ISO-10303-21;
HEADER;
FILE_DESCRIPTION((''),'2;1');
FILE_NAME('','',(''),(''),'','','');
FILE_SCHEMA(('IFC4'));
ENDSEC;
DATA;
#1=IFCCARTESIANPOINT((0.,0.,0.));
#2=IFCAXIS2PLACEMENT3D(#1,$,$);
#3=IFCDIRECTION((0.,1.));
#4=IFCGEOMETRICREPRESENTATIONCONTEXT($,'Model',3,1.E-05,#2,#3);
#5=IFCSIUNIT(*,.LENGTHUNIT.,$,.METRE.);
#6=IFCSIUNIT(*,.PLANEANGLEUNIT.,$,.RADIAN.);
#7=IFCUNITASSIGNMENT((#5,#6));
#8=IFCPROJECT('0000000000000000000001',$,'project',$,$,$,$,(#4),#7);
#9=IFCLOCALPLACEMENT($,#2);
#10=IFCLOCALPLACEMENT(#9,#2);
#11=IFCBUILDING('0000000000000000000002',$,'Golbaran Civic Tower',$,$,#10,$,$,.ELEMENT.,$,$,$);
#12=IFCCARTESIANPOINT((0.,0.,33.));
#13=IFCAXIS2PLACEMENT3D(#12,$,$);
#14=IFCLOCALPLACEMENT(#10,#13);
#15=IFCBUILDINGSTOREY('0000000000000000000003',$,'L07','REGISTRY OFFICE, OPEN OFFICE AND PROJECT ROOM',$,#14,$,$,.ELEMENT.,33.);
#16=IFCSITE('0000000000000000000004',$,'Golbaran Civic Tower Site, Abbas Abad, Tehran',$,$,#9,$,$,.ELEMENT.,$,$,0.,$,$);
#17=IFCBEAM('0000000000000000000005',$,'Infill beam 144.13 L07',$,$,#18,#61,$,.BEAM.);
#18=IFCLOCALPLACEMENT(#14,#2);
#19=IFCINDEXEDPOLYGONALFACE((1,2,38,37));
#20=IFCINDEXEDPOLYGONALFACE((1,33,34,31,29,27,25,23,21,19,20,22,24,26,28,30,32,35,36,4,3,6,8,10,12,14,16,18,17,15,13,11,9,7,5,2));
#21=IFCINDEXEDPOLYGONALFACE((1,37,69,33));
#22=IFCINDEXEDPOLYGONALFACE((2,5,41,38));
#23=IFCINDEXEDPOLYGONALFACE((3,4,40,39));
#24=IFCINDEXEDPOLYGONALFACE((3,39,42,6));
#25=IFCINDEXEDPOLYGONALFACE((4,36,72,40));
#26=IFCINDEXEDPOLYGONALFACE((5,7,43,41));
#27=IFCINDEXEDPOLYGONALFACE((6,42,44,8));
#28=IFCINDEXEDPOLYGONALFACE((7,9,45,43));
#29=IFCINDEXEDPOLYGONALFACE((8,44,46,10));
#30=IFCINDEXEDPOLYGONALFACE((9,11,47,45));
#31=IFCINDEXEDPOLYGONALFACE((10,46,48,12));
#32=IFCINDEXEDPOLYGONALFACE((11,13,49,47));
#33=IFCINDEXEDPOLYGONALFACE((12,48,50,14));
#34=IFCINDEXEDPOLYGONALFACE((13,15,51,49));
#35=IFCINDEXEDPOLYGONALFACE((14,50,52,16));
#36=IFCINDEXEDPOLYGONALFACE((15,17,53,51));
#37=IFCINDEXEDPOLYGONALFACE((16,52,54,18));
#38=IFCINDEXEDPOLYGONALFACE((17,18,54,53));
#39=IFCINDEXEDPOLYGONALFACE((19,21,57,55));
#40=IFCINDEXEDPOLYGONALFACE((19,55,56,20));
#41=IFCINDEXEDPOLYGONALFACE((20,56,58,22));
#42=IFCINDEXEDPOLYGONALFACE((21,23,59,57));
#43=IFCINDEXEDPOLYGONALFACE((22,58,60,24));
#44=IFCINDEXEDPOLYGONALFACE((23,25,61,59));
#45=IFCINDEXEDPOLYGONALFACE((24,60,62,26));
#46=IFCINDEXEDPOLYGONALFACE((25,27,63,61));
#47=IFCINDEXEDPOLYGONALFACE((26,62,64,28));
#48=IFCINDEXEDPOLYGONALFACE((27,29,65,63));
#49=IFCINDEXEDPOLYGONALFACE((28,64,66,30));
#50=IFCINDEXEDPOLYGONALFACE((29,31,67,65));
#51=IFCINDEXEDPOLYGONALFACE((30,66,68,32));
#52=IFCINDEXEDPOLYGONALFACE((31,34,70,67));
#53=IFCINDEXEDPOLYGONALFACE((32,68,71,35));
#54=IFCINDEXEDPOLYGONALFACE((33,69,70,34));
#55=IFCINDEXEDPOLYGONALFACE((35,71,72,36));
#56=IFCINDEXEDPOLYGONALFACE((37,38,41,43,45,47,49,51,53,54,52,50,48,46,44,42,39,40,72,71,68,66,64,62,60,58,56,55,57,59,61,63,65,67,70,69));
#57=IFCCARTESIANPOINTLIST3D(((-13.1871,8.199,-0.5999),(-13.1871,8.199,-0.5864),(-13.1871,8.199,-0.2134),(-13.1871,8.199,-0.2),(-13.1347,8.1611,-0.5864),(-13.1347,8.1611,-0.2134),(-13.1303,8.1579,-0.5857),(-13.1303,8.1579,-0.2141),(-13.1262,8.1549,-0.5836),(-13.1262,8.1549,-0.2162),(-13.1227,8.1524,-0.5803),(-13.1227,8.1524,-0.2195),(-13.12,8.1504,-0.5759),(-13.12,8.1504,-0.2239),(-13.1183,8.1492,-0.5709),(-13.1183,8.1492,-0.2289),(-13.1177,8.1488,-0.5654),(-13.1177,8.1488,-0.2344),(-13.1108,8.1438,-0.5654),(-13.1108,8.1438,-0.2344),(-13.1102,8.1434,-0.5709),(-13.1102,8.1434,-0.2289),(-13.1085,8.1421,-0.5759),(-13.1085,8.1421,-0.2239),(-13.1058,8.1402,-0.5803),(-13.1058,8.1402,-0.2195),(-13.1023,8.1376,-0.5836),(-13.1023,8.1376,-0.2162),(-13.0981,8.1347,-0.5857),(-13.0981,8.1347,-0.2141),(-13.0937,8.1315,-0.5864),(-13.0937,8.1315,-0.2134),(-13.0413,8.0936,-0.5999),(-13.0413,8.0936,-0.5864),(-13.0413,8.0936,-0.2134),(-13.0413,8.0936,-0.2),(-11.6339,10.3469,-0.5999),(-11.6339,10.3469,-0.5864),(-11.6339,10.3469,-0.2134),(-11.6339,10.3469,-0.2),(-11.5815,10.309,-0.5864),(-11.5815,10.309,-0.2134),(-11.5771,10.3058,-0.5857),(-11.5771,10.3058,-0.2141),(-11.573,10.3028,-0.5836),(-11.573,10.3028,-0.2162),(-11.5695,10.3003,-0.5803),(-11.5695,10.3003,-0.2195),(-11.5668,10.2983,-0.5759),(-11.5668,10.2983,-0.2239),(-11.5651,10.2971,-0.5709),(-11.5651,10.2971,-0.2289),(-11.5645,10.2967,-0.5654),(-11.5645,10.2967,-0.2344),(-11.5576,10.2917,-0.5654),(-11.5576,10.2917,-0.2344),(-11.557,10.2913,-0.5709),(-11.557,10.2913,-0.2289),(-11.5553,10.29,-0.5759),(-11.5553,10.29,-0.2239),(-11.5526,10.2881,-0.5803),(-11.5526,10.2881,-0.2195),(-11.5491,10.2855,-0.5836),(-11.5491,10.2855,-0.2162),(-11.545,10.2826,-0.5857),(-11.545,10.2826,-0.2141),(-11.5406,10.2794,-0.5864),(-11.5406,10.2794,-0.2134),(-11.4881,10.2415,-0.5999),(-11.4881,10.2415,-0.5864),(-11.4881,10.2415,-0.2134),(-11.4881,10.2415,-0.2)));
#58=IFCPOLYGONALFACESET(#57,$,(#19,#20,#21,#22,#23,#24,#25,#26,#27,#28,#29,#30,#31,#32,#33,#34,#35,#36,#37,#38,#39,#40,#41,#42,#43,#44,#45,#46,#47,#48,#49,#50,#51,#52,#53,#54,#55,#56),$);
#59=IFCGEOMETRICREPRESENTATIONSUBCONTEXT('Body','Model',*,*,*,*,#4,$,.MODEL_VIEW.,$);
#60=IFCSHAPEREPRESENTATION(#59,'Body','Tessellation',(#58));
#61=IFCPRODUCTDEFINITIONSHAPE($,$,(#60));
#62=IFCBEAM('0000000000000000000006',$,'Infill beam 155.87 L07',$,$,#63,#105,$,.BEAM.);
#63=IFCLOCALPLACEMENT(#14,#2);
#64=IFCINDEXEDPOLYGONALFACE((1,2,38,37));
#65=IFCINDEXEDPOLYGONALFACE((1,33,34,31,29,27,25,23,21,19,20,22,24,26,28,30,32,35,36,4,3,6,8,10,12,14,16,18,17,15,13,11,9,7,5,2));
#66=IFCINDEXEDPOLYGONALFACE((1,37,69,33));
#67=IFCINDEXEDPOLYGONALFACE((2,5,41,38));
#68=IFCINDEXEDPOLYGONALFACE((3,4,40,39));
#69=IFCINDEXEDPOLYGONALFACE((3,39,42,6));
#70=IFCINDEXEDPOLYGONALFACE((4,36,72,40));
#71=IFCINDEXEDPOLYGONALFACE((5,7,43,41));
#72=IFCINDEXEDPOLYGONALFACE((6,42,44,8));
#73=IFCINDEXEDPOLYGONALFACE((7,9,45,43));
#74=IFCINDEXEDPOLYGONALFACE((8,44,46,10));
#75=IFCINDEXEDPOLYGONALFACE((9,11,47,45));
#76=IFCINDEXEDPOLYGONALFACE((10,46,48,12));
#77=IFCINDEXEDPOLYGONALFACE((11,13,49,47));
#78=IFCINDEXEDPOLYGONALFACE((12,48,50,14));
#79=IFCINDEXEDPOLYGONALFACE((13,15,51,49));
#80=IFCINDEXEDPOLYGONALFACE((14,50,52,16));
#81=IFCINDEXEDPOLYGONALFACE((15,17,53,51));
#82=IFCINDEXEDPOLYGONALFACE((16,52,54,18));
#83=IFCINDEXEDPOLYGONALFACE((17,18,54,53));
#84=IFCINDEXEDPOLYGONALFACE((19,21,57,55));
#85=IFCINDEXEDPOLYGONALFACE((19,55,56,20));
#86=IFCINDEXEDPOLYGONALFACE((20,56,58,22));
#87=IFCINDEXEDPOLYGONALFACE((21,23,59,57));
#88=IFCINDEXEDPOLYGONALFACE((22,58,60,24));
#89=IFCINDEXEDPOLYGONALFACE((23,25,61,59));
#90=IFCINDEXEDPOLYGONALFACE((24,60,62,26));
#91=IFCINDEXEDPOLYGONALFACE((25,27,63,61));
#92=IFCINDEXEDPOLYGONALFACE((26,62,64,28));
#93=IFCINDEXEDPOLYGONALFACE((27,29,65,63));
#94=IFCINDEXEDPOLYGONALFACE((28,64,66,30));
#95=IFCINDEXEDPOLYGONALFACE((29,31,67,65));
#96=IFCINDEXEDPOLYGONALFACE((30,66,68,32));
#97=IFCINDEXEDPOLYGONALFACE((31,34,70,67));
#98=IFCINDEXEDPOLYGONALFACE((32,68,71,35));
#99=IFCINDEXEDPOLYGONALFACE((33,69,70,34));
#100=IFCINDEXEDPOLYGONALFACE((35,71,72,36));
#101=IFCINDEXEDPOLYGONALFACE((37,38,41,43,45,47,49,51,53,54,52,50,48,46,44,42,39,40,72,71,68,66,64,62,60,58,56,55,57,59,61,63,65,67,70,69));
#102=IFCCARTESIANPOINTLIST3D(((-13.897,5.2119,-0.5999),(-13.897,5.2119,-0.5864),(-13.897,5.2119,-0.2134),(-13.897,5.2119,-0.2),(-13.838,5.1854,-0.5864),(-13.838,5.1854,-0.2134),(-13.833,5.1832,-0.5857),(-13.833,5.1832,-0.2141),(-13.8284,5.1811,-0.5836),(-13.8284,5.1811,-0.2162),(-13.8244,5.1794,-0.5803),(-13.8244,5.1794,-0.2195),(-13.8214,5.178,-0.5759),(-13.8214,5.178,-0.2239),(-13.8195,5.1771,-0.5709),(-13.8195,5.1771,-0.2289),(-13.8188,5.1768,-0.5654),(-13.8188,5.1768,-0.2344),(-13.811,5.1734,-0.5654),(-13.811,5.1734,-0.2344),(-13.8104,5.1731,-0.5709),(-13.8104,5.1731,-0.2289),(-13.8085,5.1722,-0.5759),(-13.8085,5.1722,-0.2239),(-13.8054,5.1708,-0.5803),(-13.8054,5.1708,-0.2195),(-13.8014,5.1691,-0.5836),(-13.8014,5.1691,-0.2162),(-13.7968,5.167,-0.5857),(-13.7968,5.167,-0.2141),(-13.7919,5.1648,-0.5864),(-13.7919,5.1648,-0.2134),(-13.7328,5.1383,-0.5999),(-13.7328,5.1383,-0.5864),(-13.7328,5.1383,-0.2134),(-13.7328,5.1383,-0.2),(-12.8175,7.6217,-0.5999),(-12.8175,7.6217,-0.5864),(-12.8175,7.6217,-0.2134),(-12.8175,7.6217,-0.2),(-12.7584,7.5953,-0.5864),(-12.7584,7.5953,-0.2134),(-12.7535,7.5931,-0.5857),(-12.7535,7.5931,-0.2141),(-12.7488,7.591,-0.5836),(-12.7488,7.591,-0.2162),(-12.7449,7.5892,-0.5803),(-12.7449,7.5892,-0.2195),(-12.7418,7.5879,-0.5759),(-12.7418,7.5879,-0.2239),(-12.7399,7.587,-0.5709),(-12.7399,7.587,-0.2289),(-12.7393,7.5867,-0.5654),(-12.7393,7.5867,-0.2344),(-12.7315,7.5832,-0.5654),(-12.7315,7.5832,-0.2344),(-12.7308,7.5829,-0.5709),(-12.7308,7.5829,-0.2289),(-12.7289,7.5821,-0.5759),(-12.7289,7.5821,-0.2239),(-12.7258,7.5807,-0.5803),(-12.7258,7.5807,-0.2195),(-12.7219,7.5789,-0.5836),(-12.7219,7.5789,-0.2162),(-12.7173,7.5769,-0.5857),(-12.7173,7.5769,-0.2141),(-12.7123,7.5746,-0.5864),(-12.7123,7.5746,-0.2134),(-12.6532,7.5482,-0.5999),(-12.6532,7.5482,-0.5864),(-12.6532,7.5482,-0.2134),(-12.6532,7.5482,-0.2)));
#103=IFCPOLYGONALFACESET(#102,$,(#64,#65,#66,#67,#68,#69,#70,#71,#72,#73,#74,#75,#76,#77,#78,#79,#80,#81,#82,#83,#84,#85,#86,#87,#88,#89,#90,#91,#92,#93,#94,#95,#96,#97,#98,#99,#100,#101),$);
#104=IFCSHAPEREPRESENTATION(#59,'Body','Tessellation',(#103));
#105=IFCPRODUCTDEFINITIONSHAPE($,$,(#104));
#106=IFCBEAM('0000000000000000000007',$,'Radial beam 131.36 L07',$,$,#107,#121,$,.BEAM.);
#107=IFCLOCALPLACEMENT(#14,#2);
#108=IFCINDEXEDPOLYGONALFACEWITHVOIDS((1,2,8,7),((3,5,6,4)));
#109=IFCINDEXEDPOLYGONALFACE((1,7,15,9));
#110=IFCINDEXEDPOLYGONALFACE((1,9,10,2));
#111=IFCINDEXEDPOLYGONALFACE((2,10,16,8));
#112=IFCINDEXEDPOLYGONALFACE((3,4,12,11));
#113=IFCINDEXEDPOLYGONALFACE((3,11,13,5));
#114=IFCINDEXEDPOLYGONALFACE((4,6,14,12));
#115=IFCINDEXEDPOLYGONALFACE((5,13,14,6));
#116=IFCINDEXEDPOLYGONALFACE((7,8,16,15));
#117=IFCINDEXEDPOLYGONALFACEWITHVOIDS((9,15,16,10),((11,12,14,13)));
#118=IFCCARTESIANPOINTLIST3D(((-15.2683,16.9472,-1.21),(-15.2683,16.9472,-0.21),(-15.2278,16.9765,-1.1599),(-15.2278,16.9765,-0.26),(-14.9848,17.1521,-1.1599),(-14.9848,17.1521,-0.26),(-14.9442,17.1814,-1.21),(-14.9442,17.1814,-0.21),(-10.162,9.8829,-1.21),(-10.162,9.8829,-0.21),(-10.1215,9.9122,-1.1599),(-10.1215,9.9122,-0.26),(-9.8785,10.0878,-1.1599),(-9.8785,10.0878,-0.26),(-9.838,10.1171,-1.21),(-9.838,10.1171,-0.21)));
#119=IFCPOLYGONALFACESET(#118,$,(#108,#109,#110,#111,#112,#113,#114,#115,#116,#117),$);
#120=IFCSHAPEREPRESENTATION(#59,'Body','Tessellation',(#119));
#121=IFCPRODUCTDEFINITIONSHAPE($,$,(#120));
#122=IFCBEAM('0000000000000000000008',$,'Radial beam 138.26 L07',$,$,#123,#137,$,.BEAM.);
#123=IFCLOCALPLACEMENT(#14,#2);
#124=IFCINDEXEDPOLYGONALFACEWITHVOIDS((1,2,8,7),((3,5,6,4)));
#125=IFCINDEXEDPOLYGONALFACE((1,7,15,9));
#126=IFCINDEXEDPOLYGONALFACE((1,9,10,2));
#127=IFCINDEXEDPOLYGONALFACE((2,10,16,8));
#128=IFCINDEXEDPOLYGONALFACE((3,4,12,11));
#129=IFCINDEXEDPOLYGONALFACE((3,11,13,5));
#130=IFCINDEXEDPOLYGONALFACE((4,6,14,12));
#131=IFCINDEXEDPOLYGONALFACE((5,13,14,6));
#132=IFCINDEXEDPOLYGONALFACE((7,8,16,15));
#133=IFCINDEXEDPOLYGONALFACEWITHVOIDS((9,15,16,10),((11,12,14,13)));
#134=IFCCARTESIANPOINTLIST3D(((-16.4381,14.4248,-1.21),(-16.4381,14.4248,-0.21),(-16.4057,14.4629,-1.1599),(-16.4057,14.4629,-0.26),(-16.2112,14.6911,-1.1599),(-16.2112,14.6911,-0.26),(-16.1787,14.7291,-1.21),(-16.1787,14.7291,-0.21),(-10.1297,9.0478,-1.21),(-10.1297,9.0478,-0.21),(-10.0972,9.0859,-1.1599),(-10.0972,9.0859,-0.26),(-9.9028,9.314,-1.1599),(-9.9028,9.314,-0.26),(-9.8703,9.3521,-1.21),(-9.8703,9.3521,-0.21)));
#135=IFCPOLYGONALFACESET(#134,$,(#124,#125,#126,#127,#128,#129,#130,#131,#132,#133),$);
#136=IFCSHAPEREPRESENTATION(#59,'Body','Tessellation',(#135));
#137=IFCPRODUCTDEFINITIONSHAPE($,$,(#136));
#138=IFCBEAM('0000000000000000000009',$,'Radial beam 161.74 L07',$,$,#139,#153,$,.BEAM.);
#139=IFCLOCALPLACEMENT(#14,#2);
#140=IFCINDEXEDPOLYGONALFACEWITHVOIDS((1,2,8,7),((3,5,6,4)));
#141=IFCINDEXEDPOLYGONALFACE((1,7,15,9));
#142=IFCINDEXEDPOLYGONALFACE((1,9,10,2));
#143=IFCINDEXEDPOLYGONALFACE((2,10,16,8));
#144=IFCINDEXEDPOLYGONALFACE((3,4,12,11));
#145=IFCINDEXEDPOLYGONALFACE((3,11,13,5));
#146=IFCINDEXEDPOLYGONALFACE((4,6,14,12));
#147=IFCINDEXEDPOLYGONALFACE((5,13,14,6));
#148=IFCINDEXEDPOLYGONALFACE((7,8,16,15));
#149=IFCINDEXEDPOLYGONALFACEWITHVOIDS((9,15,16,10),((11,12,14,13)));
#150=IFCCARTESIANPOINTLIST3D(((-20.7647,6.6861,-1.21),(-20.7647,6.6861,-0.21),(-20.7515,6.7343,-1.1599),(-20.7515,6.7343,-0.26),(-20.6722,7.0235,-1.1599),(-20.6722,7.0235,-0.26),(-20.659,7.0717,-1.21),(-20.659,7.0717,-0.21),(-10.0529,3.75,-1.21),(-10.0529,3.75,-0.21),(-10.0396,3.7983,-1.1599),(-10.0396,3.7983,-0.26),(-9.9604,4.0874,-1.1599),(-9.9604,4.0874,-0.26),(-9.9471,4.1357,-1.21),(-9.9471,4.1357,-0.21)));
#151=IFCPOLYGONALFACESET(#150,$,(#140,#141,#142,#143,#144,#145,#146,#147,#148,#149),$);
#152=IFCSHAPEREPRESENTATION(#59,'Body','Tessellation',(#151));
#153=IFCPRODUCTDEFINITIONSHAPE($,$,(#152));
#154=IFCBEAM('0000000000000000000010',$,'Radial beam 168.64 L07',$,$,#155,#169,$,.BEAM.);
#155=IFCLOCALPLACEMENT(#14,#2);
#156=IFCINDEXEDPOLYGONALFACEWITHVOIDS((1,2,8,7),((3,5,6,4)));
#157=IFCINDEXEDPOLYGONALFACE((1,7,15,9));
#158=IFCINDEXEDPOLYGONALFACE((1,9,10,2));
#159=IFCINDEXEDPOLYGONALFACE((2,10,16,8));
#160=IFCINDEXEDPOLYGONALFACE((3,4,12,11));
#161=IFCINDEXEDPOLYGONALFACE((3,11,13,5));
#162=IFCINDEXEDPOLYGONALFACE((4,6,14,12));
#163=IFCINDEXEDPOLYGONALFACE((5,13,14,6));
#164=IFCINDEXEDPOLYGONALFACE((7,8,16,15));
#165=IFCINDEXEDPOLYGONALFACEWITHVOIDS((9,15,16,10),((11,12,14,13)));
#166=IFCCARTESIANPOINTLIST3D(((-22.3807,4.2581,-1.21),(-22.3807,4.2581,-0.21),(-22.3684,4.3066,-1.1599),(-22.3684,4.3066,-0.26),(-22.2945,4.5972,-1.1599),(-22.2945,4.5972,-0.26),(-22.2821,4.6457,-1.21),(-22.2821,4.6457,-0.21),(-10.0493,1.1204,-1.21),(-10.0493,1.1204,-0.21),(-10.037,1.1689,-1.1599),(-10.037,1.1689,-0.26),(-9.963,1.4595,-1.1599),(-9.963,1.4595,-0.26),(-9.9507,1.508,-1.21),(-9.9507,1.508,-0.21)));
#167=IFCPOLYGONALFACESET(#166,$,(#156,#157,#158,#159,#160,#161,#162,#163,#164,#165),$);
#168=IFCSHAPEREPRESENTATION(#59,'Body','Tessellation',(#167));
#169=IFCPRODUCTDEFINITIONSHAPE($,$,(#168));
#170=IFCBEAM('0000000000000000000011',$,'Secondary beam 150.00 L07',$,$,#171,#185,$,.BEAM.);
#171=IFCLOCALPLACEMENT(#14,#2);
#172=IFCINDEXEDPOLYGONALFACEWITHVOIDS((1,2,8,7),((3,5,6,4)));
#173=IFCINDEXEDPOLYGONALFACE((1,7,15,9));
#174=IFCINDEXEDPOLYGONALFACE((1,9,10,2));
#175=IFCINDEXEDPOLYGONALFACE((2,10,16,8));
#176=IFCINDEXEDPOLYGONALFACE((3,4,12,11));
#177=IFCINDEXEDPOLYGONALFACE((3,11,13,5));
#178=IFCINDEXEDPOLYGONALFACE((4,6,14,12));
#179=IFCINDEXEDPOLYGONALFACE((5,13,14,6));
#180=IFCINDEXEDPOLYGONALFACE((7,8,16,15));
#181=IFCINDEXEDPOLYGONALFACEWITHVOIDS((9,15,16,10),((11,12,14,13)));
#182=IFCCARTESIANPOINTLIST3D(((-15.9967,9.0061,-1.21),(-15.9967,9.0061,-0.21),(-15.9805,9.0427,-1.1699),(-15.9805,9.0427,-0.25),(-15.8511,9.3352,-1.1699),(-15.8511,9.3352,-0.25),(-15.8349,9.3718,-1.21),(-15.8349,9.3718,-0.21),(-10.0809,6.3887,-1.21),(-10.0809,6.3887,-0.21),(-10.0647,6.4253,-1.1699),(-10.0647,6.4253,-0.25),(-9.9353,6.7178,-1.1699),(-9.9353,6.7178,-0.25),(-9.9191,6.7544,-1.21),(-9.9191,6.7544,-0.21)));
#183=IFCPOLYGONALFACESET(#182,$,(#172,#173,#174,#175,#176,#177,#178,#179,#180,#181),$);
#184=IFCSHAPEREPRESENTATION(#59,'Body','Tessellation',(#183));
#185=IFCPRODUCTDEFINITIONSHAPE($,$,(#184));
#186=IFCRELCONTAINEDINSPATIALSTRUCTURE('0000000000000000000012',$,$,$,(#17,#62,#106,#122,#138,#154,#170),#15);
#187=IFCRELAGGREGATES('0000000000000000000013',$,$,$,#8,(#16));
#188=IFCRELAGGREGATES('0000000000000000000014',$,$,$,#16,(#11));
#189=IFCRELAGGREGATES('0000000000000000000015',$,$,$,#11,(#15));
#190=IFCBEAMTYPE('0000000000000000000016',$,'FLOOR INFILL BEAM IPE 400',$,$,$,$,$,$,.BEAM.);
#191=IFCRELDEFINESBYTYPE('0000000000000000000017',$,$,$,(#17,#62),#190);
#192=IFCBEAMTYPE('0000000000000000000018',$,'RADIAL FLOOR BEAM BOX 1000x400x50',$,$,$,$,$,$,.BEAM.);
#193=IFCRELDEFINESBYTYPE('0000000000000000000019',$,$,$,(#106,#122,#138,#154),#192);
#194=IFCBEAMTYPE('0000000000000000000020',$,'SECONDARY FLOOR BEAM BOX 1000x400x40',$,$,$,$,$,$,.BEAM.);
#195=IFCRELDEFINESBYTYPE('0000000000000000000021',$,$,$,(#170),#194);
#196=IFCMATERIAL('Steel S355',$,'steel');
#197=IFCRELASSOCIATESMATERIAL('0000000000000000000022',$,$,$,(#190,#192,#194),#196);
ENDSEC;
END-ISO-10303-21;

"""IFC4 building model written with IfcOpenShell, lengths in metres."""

from ifc_helpers import new_model, si_unit, direction, frame, origin, origin_2d, place, context, subcontext, project, spatial, hollow_rectangle, i_section, extrude, material, material_profile, profile_set, type_object, element, save


model = new_model("IFC4")

# Units and contexts
model_context = context("Model", 3, precision=1e-05, world=origin(), true_north=direction((0.0, 1.0)))
body_context = subcontext(model_context, "Body", "Model", "MODEL_VIEW")
ifc_project = project(units=[si_unit("LENGTHUNIT", "METRE"), si_unit("PLANEANGLEUNIT", "RADIAN")], contexts=[model_context])

# Site, building, storey
site_placement = place(None, origin())
site = spatial("IfcSite", under=ifc_project, at=site_placement, Name="Golbaran Civic Tower Site, Abbas Abad, Tehran", CompositionType="ELEMENT", RefElevation=0.0)
building_placement = place(site_placement, origin())
building = spatial("IfcBuilding", under=site, at=building_placement, Name="Golbaran Civic Tower", CompositionType="ELEMENT")
storey_placement = place(building_placement, frame((0.0, 0.0, 33.0)))
storey = spatial("IfcBuildingStorey", under=building, at=storey_placement, Name="L07", Description="REGISTRY OFFICE, OPEN OFFICE AND PROJECT ROOM", CompositionType="ELEMENT", Elevation=33.0)

# Beams
ifc_material_1 = material(Name="Steel S355", Category="steel")
ifc_material_profile_1 = material_profile(ifc_material_1, i_section(OverallWidth=0.1799, OverallDepth=0.3999, WebThickness=0.0085, FlangeThickness=0.0134, FilletRadius=0.021, at=origin_2d()), Name="IPE 400")
ifc_profile_set_1 = profile_set([ifc_material_profile_1], Name="Steel S355")
beam_type_1 = type_object("IfcBeamType", Name="FLOOR INFILL BEAM IPE 400", PredefinedType="BEAM", material=ifc_profile_set_1)
beam_1_placement = place(storey_placement, frame((-11.561, 10.2942, -0.3999), z_axis=(-0.585968, -0.810334, 0.0), x_axis=(0.810334, -0.585968, 0.0)))
element("IfcBeam", 1, at=beam_1_placement, inside=storey, type_object=beam_type_1, Name="Infill beam 144.13 L07", PredefinedType="BEAM", context=body_context, shape_type="SweptSolid", body=[
    extrude(i_section(OverallWidth=0.1799, OverallDepth=0.3999, WebThickness=0.0085, FlangeThickness=0.0134, FilletRadius=0.021, at=origin_2d()), origin(), (0.0, 0.0, 1.0), 2.6506),
])
beam_2_placement = place(storey_placement, frame((-12.7354, 7.585, -0.3999), z_axis=(-0.40883, -0.91261, 0.0), x_axis=(0.91261, -0.40883, 0.0)))
element("IfcBeam", 2, at=beam_2_placement, inside=storey, type_object=beam_type_1, Name="Infill beam 155.87 L07", PredefinedType="BEAM", context=body_context, shape_type="SweptSolid", body=[
    extrude(i_section(OverallWidth=0.1799, OverallDepth=0.3999, WebThickness=0.0085, FlangeThickness=0.0134, FilletRadius=0.021, at=origin_2d()), origin(), (0.0, 0.0, 1.0), 2.6406),
])
ifc_material_profile_2 = material_profile(ifc_material_1, hollow_rectangle(XDim=0.3999, YDim=1.0, WallThickness=0.05, at=origin_2d()), Name="BOX 1000x400x50")
ifc_profile_set_2 = profile_set([ifc_material_profile_2], Name="Steel S355")
beam_type_2 = type_object("IfcBeamType", Name="RADIAL FLOOR BEAM BOX 1000x400x50", PredefinedType="BEAM", material=ifc_profile_set_2)
beam_3_placement = place(storey_placement, frame((-10.0, 10.0, -0.71), z_axis=(-0.585813, 0.810447, 0.0), x_axis=(-0.810447, -0.585813, 0.0)))
element("IfcBeam", 3, at=beam_3_placement, inside=storey, type_object=beam_type_2, Name="Radial beam 131.36 L07", PredefinedType="BEAM", context=body_context, shape_type="SweptSolid", body=[
    extrude(hollow_rectangle(XDim=0.3999, YDim=1.0, WallThickness=0.05, at=origin_2d()), origin(), (0.0, 0.0, 1.0), 8.7166),
])
beam_4_placement = place(storey_placement, frame((-10.0, 9.2, -0.71), z_axis=(-0.761054, 0.648688, 0.0), x_axis=(-0.648688, -0.761054, 0.0)))
element("IfcBeam", 4, at=beam_4_placement, inside=storey, type_object=beam_type_2, Name="Radial beam 138.26 L07", PredefinedType="BEAM", context=body_context, shape_type="SweptSolid", body=[
    extrude(hollow_rectangle(XDim=0.3999, YDim=1.0, WallThickness=0.05, at=origin_2d()), origin(), (0.0, 0.0, 1.0), 8.2891),
])
beam_5_placement = place(storey_placement, frame((-10.0, 3.9429, -0.71), z_axis=(-0.964429, 0.264341, 0.0), x_axis=(-0.264341, -0.964429, 0.0)))
element("IfcBeam", 5, at=beam_5_placement, inside=storey, type_object=beam_type_2, Name="Radial beam 161.74 L07", PredefinedType="BEAM", context=body_context, shape_type="SweptSolid", body=[
    extrude(hollow_rectangle(XDim=0.3999, YDim=1.0, WallThickness=0.05, at=origin_2d()), origin(), (0.0, 0.0, 1.0), 11.1069),
])
beam_6_placement = place(storey_placement, frame((-10.0, 1.3142, -0.71), z_axis=(-0.969121, 0.246588, 0.0), x_axis=(-0.246588, -0.969121, 0.0)))
element("IfcBeam", 6, at=beam_6_placement, inside=storey, type_object=beam_type_2, Name="Radial beam 168.64 L07", PredefinedType="BEAM", context=body_context, shape_type="SweptSolid", body=[
    extrude(hollow_rectangle(XDim=0.3999, YDim=1.0, WallThickness=0.05, at=origin_2d()), origin(), (0.0, 0.0, 1.0), 12.7244),
])
ifc_material_profile_3 = material_profile(ifc_material_1, hollow_rectangle(XDim=0.3999, YDim=1.0, WallThickness=0.04, at=origin_2d()), Name="BOX 1000x400x40")
ifc_profile_set_3 = profile_set([ifc_material_profile_3], Name="Steel S355")
beam_type_3 = type_object("IfcBeamType", Name="SECONDARY FLOOR BEAM BOX 1000x400x40", PredefinedType="BEAM", material=ifc_profile_set_3)
beam_7_placement = place(storey_placement, frame((-10.0, 6.5715, -0.71), z_axis=(-0.914487, 0.404615, 0.0), x_axis=(-0.404615, -0.914487, 0.0)))
element("IfcBeam", 7, at=beam_7_placement, inside=storey, type_object=beam_type_3, Name="Secondary beam 150.00 L07", PredefinedType="BEAM", context=body_context, shape_type="SweptSolid", body=[
    extrude(hollow_rectangle(XDim=0.3999, YDim=1.0, WallThickness=0.04, at=origin_2d()), origin(), (0.0, 0.0, 1.0), 6.469),
])

save(model, "model.ifc")
